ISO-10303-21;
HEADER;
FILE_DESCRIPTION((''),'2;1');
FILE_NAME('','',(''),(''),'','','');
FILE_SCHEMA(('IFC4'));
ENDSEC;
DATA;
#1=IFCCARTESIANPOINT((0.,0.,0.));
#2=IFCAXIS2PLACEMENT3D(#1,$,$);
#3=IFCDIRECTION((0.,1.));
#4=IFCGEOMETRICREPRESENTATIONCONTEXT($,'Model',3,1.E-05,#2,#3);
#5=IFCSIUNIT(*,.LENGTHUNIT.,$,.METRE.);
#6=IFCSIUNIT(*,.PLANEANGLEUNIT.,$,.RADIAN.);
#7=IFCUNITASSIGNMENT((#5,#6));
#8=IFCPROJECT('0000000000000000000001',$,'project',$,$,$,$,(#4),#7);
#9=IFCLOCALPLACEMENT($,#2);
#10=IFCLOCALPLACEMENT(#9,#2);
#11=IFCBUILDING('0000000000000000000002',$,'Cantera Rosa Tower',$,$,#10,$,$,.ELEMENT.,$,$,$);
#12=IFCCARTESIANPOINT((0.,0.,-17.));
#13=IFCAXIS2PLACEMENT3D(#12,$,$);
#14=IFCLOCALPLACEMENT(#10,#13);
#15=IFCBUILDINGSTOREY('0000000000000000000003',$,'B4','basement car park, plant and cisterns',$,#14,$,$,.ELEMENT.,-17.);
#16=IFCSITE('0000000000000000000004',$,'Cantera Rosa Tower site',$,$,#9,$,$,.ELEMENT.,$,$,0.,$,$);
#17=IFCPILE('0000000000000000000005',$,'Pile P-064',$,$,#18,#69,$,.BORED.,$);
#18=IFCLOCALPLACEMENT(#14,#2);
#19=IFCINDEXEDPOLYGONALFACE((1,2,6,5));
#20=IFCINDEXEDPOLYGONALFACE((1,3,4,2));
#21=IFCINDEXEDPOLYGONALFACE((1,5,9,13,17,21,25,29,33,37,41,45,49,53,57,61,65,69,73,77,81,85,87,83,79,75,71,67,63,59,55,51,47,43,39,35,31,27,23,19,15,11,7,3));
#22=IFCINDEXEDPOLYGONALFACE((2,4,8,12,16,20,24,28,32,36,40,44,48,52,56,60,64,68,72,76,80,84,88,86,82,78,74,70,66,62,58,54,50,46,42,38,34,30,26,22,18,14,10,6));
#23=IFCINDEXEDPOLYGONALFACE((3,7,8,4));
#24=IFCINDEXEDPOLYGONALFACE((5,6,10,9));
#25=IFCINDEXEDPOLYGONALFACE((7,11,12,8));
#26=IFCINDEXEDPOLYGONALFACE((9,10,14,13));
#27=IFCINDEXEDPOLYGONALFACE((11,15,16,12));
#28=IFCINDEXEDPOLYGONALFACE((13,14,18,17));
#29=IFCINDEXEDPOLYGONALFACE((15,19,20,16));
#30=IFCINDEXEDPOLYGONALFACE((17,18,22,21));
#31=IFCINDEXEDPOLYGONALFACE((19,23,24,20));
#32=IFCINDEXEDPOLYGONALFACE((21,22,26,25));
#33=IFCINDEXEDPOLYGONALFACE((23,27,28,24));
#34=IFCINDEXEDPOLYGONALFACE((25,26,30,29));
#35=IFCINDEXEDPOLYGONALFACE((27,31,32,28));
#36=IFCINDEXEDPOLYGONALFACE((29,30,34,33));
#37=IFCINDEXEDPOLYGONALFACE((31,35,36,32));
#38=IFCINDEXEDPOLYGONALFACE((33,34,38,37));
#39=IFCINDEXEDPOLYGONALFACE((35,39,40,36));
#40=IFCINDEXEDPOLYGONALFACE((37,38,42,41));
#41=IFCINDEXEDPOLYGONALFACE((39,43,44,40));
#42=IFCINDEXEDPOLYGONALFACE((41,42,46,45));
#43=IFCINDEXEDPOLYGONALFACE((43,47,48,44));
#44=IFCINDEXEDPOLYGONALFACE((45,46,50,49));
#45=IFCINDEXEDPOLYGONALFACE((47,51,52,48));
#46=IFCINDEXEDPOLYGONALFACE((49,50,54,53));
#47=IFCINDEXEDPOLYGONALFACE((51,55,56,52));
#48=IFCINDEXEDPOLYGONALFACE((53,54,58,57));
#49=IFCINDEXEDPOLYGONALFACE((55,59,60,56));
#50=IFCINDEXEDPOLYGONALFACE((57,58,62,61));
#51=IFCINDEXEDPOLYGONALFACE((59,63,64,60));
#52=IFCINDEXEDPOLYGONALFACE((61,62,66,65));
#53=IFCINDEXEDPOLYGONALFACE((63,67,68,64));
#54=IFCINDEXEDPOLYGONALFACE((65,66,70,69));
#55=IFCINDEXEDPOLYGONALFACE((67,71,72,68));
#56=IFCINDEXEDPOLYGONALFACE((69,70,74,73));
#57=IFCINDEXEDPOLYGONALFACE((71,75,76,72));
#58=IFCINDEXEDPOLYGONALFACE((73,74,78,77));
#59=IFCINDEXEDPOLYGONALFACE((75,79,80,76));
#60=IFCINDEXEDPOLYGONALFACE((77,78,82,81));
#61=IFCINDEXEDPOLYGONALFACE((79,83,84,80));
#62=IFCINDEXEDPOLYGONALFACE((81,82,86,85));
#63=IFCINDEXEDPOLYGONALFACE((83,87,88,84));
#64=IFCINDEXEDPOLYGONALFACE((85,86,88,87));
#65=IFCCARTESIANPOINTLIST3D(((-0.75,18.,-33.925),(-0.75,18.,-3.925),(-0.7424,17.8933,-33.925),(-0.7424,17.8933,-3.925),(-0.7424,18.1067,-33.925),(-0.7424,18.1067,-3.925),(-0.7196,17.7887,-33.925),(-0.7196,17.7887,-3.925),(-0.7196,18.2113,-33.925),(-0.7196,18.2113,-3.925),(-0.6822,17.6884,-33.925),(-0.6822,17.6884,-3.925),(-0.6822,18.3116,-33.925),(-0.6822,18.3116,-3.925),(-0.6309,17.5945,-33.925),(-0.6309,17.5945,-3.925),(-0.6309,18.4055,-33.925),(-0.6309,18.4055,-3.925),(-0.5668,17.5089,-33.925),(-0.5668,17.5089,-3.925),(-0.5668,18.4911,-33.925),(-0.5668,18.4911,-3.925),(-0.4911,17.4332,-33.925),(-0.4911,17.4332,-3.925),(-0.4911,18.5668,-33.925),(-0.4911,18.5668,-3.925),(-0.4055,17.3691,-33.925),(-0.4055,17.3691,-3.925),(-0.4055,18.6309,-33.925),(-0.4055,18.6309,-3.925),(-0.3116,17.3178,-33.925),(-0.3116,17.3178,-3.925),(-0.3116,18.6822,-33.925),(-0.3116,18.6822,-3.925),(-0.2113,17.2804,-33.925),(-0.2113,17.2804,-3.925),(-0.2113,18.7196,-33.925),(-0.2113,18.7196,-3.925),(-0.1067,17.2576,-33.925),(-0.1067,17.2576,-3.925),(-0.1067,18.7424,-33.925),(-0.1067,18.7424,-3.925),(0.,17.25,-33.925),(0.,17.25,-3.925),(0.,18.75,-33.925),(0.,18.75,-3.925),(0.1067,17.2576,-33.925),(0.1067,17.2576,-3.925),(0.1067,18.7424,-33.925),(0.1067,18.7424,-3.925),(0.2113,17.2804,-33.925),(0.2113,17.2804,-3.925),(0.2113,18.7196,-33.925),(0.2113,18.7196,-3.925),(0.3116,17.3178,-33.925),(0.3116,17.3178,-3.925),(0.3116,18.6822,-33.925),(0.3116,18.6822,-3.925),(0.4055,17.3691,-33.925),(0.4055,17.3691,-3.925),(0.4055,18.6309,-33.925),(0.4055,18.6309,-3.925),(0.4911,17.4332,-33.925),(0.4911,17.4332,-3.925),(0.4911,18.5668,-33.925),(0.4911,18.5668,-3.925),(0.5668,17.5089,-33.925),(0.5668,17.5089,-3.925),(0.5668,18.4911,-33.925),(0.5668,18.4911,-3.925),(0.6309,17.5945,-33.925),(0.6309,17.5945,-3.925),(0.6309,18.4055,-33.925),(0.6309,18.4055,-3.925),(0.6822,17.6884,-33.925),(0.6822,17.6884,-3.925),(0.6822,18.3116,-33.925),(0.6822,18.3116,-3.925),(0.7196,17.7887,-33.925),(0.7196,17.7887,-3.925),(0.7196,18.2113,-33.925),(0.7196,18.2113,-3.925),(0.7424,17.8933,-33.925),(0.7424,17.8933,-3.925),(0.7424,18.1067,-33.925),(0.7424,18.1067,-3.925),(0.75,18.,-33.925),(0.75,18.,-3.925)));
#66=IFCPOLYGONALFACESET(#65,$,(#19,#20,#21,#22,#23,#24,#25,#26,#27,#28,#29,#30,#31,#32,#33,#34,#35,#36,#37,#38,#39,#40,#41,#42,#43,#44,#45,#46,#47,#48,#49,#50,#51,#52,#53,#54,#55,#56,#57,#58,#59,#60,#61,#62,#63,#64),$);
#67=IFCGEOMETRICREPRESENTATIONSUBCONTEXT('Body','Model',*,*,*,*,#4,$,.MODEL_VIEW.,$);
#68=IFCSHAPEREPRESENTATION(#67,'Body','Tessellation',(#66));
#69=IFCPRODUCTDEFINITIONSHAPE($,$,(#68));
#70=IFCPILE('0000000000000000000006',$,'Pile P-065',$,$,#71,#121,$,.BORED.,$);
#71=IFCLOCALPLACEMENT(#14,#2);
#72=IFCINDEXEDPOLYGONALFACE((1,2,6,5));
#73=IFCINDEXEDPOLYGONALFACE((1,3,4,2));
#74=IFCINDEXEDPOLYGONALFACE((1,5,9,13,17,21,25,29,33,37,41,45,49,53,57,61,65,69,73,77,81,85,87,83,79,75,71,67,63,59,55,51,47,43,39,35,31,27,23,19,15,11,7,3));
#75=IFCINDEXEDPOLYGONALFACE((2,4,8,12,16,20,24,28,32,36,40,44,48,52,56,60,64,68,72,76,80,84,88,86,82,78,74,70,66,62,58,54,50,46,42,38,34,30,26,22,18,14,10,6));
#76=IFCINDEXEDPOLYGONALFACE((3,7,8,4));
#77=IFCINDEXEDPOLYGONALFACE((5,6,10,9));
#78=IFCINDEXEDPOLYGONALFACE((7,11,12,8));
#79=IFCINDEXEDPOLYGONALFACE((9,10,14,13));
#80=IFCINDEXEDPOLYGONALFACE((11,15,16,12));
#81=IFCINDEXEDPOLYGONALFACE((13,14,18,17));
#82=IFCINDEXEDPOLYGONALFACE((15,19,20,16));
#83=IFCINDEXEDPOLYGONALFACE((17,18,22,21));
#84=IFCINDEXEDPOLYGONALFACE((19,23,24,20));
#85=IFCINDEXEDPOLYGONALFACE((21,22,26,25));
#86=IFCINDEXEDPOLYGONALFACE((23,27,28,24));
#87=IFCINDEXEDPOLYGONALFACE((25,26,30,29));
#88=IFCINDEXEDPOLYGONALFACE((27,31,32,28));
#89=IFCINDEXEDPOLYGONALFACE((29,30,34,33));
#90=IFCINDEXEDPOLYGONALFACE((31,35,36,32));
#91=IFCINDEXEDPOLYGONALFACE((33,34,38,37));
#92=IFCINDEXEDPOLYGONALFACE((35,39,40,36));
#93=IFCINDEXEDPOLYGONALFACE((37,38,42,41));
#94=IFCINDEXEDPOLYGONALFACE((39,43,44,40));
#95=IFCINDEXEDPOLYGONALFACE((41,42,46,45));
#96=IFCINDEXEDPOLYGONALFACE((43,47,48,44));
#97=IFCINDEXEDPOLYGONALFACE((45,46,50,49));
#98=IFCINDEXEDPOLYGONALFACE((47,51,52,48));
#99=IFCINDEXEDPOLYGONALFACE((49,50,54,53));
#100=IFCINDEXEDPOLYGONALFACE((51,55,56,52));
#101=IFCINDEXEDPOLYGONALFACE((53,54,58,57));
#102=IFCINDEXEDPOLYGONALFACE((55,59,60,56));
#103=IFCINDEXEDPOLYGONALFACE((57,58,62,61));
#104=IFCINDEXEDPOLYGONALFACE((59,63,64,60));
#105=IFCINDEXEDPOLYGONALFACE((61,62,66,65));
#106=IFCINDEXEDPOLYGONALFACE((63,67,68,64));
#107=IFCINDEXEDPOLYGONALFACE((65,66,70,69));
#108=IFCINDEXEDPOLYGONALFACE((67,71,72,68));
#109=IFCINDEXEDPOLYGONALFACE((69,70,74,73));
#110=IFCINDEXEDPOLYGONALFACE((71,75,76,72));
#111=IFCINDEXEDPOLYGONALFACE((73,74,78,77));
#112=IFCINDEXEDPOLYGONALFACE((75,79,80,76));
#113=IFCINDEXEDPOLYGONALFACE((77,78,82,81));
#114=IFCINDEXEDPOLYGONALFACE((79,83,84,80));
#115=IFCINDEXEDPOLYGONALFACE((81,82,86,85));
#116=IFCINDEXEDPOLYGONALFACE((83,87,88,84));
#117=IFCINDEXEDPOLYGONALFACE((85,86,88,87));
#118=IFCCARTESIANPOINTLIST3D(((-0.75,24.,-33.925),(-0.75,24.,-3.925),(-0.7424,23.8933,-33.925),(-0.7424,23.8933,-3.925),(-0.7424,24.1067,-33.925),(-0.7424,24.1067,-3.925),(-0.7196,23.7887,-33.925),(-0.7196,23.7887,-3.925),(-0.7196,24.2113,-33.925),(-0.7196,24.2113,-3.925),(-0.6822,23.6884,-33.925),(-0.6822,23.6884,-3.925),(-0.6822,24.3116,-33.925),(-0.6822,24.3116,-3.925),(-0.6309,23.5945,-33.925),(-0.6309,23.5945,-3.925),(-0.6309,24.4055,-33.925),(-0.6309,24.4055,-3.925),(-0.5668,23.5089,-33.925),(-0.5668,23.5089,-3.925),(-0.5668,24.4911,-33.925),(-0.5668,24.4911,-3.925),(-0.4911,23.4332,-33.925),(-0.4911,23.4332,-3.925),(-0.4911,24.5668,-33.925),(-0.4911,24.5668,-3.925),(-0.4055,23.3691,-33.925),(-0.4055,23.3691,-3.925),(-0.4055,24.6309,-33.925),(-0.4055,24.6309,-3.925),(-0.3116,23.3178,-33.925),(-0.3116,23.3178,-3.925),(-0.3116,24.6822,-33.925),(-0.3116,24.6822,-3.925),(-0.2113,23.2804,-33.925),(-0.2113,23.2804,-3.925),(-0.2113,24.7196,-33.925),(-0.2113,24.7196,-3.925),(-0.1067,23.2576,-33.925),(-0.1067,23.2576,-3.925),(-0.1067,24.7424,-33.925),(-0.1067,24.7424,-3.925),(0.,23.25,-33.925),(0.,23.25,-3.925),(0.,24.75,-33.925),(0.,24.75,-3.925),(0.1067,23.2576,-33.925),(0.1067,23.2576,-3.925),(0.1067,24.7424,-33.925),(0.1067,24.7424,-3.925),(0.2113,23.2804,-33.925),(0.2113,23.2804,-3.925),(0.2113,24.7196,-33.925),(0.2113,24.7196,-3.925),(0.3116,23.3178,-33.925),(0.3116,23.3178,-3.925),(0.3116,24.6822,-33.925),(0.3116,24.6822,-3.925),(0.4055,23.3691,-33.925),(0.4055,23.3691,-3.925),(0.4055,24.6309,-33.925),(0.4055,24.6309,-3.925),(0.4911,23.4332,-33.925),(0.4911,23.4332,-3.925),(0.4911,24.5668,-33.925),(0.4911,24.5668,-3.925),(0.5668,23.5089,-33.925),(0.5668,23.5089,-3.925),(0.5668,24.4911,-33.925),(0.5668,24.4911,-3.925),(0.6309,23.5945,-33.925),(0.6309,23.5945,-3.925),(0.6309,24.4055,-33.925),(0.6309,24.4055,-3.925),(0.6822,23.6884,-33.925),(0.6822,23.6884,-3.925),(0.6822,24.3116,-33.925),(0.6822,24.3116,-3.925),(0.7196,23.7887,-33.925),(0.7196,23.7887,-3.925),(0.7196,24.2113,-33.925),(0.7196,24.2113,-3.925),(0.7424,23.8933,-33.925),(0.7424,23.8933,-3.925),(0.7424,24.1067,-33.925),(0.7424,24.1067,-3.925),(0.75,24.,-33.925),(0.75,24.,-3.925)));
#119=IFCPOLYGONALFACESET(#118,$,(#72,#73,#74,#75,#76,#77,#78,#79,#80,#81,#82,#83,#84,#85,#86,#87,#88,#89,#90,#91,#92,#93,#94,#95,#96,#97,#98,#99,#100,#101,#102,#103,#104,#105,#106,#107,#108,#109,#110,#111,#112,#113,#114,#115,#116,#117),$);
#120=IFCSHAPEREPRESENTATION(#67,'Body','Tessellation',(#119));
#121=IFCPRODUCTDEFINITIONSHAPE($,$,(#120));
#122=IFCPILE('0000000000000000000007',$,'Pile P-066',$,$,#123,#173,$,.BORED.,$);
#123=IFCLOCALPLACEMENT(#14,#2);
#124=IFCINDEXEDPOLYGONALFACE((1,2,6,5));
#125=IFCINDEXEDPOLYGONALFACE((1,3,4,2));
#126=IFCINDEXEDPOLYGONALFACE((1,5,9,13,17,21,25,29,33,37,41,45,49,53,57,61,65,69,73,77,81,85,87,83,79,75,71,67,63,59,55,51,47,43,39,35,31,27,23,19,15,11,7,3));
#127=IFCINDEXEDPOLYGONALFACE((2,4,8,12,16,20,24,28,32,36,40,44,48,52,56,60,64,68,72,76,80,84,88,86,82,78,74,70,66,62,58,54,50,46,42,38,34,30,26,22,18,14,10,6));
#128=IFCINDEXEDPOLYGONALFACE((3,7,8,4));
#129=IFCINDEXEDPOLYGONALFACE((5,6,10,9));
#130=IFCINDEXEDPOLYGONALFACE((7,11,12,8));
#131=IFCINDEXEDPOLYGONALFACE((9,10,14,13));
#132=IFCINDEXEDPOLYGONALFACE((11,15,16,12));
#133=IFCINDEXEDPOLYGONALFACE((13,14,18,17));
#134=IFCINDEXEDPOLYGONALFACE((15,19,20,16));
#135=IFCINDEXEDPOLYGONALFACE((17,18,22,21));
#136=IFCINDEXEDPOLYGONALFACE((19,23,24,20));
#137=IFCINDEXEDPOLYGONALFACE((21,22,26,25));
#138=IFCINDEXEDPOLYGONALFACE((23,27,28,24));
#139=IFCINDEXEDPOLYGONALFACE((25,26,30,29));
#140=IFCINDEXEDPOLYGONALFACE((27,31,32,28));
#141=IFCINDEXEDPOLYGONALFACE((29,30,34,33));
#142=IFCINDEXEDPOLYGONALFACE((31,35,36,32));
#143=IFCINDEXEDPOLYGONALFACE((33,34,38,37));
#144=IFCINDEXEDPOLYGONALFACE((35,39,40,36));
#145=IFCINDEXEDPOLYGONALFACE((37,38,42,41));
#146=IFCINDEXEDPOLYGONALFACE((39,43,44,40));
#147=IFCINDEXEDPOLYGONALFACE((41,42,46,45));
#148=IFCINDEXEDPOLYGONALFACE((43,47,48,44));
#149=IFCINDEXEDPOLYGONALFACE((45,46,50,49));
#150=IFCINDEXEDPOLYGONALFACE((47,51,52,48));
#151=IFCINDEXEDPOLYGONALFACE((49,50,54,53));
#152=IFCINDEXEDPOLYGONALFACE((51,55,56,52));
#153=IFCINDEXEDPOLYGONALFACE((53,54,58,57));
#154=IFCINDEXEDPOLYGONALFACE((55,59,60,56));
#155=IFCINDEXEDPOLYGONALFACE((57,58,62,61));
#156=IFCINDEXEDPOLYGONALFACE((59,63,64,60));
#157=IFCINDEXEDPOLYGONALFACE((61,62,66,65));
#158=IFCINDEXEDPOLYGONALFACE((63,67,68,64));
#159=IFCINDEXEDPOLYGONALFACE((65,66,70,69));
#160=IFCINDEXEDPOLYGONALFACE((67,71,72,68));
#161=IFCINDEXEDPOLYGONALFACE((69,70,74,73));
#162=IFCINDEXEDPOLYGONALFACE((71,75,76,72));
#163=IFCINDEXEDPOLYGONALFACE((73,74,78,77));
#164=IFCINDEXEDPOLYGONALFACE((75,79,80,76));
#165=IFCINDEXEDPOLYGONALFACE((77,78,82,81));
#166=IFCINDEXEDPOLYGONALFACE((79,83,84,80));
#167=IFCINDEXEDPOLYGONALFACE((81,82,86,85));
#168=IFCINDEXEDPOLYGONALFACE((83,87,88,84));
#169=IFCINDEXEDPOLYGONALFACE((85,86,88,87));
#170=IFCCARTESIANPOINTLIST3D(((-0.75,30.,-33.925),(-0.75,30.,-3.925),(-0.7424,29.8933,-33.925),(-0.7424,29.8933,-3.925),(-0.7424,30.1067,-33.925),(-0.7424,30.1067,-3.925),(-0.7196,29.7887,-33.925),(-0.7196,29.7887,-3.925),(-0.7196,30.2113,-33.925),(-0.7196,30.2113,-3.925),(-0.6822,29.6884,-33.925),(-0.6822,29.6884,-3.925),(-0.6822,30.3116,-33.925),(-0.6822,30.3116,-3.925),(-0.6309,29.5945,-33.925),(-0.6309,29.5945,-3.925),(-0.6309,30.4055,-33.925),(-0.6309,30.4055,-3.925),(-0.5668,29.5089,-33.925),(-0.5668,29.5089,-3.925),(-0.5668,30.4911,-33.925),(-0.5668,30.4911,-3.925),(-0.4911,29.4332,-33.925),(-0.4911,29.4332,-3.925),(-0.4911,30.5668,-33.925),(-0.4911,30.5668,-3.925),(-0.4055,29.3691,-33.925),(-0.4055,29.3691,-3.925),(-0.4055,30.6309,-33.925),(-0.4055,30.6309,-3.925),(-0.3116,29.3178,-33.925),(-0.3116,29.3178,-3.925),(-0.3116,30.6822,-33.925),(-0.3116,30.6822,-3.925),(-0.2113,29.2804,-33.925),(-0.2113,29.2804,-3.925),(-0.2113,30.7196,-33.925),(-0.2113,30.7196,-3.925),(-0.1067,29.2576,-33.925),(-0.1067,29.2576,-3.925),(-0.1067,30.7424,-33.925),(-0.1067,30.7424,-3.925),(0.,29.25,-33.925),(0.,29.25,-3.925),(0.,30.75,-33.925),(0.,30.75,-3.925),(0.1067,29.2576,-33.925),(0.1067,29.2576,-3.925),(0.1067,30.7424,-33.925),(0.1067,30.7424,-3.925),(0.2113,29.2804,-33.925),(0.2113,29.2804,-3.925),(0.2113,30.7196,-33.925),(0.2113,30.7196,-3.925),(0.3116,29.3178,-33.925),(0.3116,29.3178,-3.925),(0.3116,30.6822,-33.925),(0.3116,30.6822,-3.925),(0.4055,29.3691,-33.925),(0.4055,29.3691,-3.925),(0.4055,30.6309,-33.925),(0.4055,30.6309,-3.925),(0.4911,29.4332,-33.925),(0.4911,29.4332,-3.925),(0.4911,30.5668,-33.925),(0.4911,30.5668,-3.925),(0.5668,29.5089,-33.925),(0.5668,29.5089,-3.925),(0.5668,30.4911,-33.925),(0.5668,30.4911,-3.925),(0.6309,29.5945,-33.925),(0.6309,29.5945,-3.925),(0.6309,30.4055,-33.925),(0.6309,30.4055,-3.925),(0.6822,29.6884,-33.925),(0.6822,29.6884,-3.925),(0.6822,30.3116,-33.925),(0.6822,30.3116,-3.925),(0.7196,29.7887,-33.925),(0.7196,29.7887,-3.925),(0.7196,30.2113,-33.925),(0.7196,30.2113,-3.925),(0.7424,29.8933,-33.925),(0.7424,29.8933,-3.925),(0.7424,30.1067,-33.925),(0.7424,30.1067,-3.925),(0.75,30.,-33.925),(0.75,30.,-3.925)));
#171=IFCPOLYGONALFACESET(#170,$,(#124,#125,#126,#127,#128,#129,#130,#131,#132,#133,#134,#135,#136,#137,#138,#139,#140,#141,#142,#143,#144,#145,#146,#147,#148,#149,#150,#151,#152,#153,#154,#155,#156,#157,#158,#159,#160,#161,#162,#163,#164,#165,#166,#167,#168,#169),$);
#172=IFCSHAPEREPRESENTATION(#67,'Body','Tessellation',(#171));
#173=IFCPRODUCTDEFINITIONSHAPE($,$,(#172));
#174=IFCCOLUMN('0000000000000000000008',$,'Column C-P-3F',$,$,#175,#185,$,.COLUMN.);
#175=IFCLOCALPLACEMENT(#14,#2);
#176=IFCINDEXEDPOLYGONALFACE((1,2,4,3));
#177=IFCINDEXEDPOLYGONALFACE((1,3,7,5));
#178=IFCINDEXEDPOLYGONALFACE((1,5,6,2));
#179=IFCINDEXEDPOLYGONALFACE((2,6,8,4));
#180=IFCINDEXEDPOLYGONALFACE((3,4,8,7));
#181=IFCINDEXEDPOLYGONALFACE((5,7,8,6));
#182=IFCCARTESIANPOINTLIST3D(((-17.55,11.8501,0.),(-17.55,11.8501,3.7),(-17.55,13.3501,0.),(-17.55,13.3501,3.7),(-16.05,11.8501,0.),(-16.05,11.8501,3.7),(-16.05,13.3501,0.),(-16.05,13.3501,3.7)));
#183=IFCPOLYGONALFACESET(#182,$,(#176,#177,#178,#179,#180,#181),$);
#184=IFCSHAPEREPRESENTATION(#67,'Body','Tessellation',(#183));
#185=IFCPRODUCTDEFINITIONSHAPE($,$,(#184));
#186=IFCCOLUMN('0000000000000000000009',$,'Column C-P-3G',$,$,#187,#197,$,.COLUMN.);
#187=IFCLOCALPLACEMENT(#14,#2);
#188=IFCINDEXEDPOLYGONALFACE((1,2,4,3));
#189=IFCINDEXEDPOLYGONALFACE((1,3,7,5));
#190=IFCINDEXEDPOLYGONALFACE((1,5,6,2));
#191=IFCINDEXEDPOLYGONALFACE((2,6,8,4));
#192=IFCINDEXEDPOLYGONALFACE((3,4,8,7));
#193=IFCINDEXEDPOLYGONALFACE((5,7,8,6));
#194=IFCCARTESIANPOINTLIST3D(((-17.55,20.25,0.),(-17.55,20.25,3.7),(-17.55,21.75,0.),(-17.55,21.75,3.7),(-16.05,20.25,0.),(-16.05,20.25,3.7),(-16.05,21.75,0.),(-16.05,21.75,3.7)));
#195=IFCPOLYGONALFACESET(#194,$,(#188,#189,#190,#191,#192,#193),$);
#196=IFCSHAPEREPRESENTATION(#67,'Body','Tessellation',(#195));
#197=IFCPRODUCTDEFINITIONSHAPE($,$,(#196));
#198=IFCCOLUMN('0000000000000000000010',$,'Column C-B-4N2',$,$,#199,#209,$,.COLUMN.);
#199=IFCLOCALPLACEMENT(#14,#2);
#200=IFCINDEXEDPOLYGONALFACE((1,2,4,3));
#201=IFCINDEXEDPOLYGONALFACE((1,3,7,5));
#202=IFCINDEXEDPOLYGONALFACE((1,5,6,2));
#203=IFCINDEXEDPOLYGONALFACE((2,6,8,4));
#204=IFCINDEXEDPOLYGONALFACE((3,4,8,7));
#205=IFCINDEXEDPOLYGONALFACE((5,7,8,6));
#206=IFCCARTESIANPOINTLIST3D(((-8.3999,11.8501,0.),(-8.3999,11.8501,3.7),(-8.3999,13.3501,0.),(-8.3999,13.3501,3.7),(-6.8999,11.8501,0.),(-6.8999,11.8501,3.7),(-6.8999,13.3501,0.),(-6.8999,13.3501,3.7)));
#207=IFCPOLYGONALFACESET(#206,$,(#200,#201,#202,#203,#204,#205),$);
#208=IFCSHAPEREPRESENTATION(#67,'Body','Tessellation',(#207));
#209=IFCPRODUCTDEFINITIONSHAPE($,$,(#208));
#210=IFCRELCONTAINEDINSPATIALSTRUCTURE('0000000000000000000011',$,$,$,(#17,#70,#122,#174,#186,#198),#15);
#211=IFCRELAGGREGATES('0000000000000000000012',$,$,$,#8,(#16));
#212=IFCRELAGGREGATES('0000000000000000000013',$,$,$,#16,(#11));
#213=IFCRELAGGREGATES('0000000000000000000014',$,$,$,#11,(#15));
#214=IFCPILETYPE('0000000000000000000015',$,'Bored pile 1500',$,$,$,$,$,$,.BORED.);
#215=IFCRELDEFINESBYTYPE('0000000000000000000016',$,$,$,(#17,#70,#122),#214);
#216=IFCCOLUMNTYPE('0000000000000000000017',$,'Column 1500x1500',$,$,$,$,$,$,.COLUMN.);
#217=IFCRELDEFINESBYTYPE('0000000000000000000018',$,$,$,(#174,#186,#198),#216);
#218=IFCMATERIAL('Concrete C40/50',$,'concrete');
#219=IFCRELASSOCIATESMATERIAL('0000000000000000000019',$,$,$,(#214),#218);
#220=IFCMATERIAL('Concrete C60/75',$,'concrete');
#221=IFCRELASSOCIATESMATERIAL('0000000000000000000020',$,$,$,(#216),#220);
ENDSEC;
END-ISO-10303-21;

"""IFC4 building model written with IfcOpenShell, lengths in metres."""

from ifc_helpers import new_model, si_unit, direction, frame, origin, origin_2d, place, context, subcontext, project, spatial, rectangle, circle, extrude, material, material_profile, profile_set, type_object, element, save


model = new_model("IFC4")

# Units and contexts
model_context = context("Model", 3, precision=1e-05, world=origin(), true_north=direction((0.0, 1.0)))
body_context = subcontext(model_context, "Body", "Model", "MODEL_VIEW")
ifc_project = project(units=[si_unit("LENGTHUNIT", "METRE"), si_unit("PLANEANGLEUNIT", "RADIAN")], contexts=[model_context])

# Site, building, storey
site_placement = place(None, origin())
site = spatial("IfcSite", under=ifc_project, at=site_placement, Name="Cantera Rosa Tower site", CompositionType="ELEMENT", RefElevation=0.0)
building_placement = place(site_placement, origin())
building = spatial("IfcBuilding", under=site, at=building_placement, Name="Cantera Rosa Tower", CompositionType="ELEMENT")
storey_placement = place(building_placement, frame((0.0, 0.0, -17.0)))
storey = spatial("IfcBuildingStorey", under=building, at=storey_placement, Name="B4", Description="basement car park, plant and cisterns", CompositionType="ELEMENT", Elevation=-17.0)

# Piles
ifc_material_1 = material(Name="Concrete C40/50", Category="concrete")
ifc_material_profile_1 = material_profile(ifc_material_1, circle(Radius=0.75, at=origin_2d()), Name="Bored pile 1500")
ifc_profile_set_1 = profile_set([ifc_material_profile_1], Name="Concrete C40/50")
pile_type = type_object("IfcPileType", Name="Bored pile 1500", PredefinedType="BORED", material=ifc_profile_set_1)
for number, where, z_axis, x_axis, name in (
    (1, (0.0, 18.0, -3.925), (0.0, 0.0, -1.0), (1.0, 0.0, 0.0), "Pile P-064"),
    (2, (0.0, 24.0, -3.925), (0.0, 0.0, -1.0), (1.0, 0.0, 0.0), "Pile P-065"),
    (3, (0.0, 30.0, -3.925), (0.0, 0.0, -1.0), (1.0, 0.0, 0.0), "Pile P-066"),
):
    element("IfcPile", number, at=place(storey_placement, frame(where, z_axis=z_axis, x_axis=x_axis)), inside=storey, type_object=pile_type, Name=name, PredefinedType="BORED", context=body_context, shape_type="SweptSolid", body=[
        extrude(circle(Radius=0.75, at=origin_2d()), origin(), (0.0, 0.0, 1.0), 30.0),
    ])

# Columns
ifc_material_2 = material(Name="Concrete C60/75", Category="concrete")
ifc_material_profile_2 = material_profile(ifc_material_2, rectangle(XDim=1.5, YDim=1.5, at=origin_2d()), Name="Column 1500x1500")
ifc_profile_set_2 = profile_set([ifc_material_profile_2], Name="Concrete C60/75")
column_type_1 = type_object("IfcColumnType", Name="Column 1500x1500", PredefinedType="COLUMN", material=ifc_profile_set_2)
for number, where, z_axis, x_axis, name in (
    (4, (-16.8, 12.6001, 0.0), (0.0, 0.0, 1.0), (1.0, 0.0, 0.0), "Column C-P-3F"),
    (5, (-16.8, 21.0, 0.0), (0.0, 0.0, 1.0), (1.0, 0.0, 0.0), "Column C-P-3G"),
    (6, (-7.6499, 12.6001, 0.0), (0.0, 0.0, 1.0), (1.0, 0.0, 0.0), "Column C-B-4N2"),
):
    element("IfcColumn", number, at=place(storey_placement, frame(where, z_axis=z_axis, x_axis=x_axis)), inside=storey, type_object=column_type_1, Name=name, PredefinedType="COLUMN", context=body_context, shape_type="SweptSolid", body=[
        extrude(rectangle(XDim=1.5, YDim=1.5, at=origin_2d()), origin(), (0.0, 0.0, 1.0), 3.7),
    ])

save(model, "model.ifc")
